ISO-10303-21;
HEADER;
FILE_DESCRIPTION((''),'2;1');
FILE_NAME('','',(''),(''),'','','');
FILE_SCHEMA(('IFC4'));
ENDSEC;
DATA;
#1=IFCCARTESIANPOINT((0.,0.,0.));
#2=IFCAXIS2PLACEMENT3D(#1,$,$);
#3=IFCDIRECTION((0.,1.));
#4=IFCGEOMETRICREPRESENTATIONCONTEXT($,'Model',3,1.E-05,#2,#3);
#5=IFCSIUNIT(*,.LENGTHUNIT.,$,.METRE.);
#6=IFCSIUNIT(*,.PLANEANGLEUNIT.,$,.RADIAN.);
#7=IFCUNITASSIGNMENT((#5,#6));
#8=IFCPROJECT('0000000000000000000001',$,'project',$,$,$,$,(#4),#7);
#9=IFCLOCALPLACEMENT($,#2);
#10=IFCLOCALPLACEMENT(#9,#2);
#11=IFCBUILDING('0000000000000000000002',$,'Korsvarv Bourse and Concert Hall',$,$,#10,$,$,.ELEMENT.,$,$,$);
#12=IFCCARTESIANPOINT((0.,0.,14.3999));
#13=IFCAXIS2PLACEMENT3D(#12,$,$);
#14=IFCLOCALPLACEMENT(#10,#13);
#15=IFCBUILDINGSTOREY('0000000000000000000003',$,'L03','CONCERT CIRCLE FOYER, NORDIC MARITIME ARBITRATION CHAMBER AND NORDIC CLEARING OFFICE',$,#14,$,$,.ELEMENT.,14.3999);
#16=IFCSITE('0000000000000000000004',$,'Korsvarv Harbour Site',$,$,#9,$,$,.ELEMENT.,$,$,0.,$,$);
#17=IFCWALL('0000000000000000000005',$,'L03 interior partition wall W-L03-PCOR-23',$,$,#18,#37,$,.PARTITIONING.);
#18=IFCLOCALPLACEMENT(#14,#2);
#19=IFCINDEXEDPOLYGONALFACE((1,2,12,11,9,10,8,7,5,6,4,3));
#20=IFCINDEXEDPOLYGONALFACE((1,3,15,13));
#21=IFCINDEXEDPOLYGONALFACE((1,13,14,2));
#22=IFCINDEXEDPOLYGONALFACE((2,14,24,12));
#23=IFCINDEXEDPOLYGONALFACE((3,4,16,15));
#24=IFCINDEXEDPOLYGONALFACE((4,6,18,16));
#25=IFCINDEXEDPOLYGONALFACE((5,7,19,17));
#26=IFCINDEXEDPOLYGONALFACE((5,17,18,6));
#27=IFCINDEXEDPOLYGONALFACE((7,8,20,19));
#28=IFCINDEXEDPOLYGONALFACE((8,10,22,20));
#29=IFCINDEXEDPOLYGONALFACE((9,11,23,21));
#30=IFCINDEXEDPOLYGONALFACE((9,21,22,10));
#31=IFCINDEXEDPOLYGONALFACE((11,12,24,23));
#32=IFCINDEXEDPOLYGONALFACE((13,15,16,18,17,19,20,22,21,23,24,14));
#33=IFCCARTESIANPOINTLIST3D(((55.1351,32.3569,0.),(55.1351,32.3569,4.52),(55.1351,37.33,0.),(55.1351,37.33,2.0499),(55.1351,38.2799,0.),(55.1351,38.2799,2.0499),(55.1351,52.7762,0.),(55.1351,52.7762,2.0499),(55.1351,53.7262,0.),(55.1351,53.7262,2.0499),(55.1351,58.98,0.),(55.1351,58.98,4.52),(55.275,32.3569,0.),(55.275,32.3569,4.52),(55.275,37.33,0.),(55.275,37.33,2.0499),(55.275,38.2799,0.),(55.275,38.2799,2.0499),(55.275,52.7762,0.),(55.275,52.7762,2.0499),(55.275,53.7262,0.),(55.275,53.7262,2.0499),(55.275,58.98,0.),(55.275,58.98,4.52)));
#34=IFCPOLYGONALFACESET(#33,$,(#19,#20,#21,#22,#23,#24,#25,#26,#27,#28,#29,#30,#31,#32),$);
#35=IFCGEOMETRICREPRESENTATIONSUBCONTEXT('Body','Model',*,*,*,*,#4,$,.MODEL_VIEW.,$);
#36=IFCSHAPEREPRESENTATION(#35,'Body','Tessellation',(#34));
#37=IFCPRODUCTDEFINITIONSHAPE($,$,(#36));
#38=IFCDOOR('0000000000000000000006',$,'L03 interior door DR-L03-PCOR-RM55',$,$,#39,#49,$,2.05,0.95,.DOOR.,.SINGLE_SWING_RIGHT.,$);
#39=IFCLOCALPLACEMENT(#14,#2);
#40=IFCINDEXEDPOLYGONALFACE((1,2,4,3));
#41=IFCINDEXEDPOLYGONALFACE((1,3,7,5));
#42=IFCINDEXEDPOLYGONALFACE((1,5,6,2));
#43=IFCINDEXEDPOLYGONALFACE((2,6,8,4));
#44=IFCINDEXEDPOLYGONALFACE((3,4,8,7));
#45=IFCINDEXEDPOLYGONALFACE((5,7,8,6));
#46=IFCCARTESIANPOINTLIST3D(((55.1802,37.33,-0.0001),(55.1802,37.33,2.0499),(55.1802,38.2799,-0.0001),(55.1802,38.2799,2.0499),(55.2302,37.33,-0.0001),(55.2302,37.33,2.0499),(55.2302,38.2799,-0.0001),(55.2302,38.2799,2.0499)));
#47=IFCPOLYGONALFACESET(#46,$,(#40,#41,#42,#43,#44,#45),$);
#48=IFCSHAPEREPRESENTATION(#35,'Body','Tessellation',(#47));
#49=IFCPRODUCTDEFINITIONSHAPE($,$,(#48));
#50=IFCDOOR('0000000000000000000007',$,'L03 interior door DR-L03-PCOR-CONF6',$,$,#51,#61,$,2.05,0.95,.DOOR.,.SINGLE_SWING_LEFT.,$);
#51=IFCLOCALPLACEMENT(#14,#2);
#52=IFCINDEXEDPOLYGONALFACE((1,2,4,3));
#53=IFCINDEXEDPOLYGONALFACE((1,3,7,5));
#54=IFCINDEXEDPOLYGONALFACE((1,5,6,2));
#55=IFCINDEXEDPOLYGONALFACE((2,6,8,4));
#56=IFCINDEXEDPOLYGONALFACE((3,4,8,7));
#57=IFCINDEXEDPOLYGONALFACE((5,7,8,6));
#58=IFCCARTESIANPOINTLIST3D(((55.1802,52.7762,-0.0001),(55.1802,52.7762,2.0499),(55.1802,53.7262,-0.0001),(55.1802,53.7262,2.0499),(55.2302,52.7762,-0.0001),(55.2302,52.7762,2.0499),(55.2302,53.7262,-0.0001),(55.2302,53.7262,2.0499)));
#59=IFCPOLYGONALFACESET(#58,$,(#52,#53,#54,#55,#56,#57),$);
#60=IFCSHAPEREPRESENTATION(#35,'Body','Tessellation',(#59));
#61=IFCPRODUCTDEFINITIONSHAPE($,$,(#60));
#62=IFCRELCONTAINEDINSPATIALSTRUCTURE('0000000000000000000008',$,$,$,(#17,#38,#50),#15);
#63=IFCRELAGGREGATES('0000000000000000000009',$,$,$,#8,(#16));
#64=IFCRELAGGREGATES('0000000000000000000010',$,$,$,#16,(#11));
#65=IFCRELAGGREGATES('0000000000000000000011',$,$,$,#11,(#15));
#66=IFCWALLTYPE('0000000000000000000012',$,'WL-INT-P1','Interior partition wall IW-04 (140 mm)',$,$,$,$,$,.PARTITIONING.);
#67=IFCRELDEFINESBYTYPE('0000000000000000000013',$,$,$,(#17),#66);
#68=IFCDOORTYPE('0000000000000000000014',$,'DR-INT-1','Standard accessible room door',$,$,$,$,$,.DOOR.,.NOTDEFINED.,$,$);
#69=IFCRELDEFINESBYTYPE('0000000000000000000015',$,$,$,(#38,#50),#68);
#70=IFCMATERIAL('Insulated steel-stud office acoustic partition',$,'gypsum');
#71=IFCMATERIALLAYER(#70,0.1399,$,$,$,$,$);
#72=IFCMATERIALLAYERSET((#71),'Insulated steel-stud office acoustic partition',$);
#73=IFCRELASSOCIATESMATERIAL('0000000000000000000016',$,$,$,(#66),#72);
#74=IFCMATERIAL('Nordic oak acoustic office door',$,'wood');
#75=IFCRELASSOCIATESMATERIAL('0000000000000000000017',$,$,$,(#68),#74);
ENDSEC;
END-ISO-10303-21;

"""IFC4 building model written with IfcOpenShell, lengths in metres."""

from ifc_helpers import new_model, si_unit, direction, frame, frame_2d, origin, place, context, subcontext, project, spatial, rectangle, extrude, material, layer, layer_set, type_object, element, fill, save


model = new_model("IFC4")

# Units and contexts
model_context = context("Model", 3, precision=1e-05, world=origin(), true_north=direction((0.0, 1.0)))
body_context = subcontext(model_context, "Body", "Model", "MODEL_VIEW")
ifc_project = project(units=[si_unit("LENGTHUNIT", "METRE"), si_unit("PLANEANGLEUNIT", "RADIAN")], contexts=[model_context])

# Site, building, storey
site_placement = place(None, origin())
site = spatial("IfcSite", under=ifc_project, at=site_placement, Name="Korsvarv Harbour Site", CompositionType="ELEMENT", RefElevation=0.0)
building_placement = place(site_placement, origin())
building = spatial("IfcBuilding", under=site, at=building_placement, Name="Korsvarv Bourse and Concert Hall", CompositionType="ELEMENT")
storey_placement = place(building_placement, frame((0.0, 0.0, 14.3999)))
storey = spatial("IfcBuildingStorey", under=building, at=storey_placement, Name="L03", Description="CONCERT CIRCLE FOYER, NORDIC MARITIME ARBITRATION CHAMBER AND NORDIC CLEARING OFFICE", CompositionType="ELEMENT", Elevation=14.3999)

# Shared definitions
ifc_material_1 = material(Name="Insulated steel-stud office acoustic partition", Category="gypsum")
ifc_layer_1 = layer(ifc_material_1, 0.1399)
ifc_layer_set_1 = layer_set([ifc_layer_1], Name="Insulated steel-stud office acoustic partition")
wall_type_1 = type_object("IfcWallType", Name="WL-INT-P1", Description="Interior partition wall IW-04 (140 mm)", PredefinedType="PARTITIONING", material=ifc_layer_set_1)
ifc_material_2 = material(Name="Nordic oak acoustic office door", Category="wood")
door_type_1 = type_object("IfcDoorType", Name="DR-INT-1", Description="Standard accessible room door", OperationType="NOTDEFINED", PredefinedType="DOOR", material=ifc_material_2)

# Wall, openings, doors
wall_1_placement = place(storey_placement, frame((55.2051, 32.3569, 0.0), z_axis=(0.0, 0.0, 1.0), x_axis=(0.0, 1.0, 0.0)))
wall_1 = element("IfcWall", 1, at=wall_1_placement, inside=storey, type_object=wall_type_1, Name="L03 interior partition wall W-L03-PCOR-23", PredefinedType="PARTITIONING", context=body_context, shape_type="SweptSolid", body=[
    extrude(rectangle(XDim=26.623, YDim=0.1399, at=frame_2d((13.3115, 0.0))), origin(), (0.0, 0.0, 1.0), 4.52),
])
opening_1_placement = place(wall_1_placement, frame((4.9729, 0.0, 0.0)))
opening_1 = element("IfcOpeningElement", 2, at=opening_1_placement, cuts=wall_1, PredefinedType="OPENING", context=body_context, shape_type="SweptSolid", body=[
    extrude(rectangle(XDim=0.95, YDim=2.05, at=frame_2d((0.4751, 1.0249))), frame((0.0, 0.0801, 0.0), z_axis=(0.0, -1.0, 0.0), x_axis=(1.0, 0.0, 0.0)), (0.0, 0.0, 1.0), 0.1599),
])
opening_2_placement = place(wall_1_placement, frame((20.4192, 0.0, 0.0)))
opening_2 = element("IfcOpeningElement", 3, at=opening_2_placement, cuts=wall_1, PredefinedType="OPENING", context=body_context, shape_type="SweptSolid", body=[
    extrude(rectangle(XDim=0.95, YDim=2.05, at=frame_2d((0.4751, 1.0249))), frame((0.0, 0.0801, 0.0), z_axis=(0.0, -1.0, 0.0), x_axis=(1.0, 0.0, 0.0)), (0.0, 0.0, 1.0), 0.1599),
])
door_1_placement = place(opening_1_placement, origin())
door_1 = element("IfcDoor", 4, at=door_1_placement, inside=storey, type_object=door_type_1, Name="L03 interior door DR-L03-PCOR-RM55", OperationType="SINGLE_SWING_RIGHT", OverallHeight=2.05, OverallWidth=0.95, PredefinedType="DOOR", context=body_context, shape_type="SweptSolid", body=[
    extrude(rectangle(XDim=0.95, YDim=2.05, at=frame_2d((0.4751, 1.0249))), frame((0.0, 0.0249, 0.0), z_axis=(0.0, -1.0, 0.0), x_axis=(1.0, 0.0, 0.0)), (0.0, 0.0, 1.0), 0.05),
])
fill(opening_1, door_1)
door_2_placement = place(opening_2_placement, origin())
door_2 = element("IfcDoor", 5, at=door_2_placement, inside=storey, type_object=door_type_1, Name="L03 interior door DR-L03-PCOR-CONF6", OperationType="SINGLE_SWING_LEFT", OverallHeight=2.05, OverallWidth=0.95, PredefinedType="DOOR", context=body_context, shape_type="SweptSolid", body=[
    extrude(rectangle(XDim=0.95, YDim=2.05, at=frame_2d((0.4751, 1.0249))), frame((0.0, 0.0249, 0.0), z_axis=(0.0, -1.0, 0.0), x_axis=(1.0, 0.0, 0.0)), (0.0, 0.0, 1.0), 0.05),
])
fill(opening_2, door_2)

save(model, "model.ifc")
